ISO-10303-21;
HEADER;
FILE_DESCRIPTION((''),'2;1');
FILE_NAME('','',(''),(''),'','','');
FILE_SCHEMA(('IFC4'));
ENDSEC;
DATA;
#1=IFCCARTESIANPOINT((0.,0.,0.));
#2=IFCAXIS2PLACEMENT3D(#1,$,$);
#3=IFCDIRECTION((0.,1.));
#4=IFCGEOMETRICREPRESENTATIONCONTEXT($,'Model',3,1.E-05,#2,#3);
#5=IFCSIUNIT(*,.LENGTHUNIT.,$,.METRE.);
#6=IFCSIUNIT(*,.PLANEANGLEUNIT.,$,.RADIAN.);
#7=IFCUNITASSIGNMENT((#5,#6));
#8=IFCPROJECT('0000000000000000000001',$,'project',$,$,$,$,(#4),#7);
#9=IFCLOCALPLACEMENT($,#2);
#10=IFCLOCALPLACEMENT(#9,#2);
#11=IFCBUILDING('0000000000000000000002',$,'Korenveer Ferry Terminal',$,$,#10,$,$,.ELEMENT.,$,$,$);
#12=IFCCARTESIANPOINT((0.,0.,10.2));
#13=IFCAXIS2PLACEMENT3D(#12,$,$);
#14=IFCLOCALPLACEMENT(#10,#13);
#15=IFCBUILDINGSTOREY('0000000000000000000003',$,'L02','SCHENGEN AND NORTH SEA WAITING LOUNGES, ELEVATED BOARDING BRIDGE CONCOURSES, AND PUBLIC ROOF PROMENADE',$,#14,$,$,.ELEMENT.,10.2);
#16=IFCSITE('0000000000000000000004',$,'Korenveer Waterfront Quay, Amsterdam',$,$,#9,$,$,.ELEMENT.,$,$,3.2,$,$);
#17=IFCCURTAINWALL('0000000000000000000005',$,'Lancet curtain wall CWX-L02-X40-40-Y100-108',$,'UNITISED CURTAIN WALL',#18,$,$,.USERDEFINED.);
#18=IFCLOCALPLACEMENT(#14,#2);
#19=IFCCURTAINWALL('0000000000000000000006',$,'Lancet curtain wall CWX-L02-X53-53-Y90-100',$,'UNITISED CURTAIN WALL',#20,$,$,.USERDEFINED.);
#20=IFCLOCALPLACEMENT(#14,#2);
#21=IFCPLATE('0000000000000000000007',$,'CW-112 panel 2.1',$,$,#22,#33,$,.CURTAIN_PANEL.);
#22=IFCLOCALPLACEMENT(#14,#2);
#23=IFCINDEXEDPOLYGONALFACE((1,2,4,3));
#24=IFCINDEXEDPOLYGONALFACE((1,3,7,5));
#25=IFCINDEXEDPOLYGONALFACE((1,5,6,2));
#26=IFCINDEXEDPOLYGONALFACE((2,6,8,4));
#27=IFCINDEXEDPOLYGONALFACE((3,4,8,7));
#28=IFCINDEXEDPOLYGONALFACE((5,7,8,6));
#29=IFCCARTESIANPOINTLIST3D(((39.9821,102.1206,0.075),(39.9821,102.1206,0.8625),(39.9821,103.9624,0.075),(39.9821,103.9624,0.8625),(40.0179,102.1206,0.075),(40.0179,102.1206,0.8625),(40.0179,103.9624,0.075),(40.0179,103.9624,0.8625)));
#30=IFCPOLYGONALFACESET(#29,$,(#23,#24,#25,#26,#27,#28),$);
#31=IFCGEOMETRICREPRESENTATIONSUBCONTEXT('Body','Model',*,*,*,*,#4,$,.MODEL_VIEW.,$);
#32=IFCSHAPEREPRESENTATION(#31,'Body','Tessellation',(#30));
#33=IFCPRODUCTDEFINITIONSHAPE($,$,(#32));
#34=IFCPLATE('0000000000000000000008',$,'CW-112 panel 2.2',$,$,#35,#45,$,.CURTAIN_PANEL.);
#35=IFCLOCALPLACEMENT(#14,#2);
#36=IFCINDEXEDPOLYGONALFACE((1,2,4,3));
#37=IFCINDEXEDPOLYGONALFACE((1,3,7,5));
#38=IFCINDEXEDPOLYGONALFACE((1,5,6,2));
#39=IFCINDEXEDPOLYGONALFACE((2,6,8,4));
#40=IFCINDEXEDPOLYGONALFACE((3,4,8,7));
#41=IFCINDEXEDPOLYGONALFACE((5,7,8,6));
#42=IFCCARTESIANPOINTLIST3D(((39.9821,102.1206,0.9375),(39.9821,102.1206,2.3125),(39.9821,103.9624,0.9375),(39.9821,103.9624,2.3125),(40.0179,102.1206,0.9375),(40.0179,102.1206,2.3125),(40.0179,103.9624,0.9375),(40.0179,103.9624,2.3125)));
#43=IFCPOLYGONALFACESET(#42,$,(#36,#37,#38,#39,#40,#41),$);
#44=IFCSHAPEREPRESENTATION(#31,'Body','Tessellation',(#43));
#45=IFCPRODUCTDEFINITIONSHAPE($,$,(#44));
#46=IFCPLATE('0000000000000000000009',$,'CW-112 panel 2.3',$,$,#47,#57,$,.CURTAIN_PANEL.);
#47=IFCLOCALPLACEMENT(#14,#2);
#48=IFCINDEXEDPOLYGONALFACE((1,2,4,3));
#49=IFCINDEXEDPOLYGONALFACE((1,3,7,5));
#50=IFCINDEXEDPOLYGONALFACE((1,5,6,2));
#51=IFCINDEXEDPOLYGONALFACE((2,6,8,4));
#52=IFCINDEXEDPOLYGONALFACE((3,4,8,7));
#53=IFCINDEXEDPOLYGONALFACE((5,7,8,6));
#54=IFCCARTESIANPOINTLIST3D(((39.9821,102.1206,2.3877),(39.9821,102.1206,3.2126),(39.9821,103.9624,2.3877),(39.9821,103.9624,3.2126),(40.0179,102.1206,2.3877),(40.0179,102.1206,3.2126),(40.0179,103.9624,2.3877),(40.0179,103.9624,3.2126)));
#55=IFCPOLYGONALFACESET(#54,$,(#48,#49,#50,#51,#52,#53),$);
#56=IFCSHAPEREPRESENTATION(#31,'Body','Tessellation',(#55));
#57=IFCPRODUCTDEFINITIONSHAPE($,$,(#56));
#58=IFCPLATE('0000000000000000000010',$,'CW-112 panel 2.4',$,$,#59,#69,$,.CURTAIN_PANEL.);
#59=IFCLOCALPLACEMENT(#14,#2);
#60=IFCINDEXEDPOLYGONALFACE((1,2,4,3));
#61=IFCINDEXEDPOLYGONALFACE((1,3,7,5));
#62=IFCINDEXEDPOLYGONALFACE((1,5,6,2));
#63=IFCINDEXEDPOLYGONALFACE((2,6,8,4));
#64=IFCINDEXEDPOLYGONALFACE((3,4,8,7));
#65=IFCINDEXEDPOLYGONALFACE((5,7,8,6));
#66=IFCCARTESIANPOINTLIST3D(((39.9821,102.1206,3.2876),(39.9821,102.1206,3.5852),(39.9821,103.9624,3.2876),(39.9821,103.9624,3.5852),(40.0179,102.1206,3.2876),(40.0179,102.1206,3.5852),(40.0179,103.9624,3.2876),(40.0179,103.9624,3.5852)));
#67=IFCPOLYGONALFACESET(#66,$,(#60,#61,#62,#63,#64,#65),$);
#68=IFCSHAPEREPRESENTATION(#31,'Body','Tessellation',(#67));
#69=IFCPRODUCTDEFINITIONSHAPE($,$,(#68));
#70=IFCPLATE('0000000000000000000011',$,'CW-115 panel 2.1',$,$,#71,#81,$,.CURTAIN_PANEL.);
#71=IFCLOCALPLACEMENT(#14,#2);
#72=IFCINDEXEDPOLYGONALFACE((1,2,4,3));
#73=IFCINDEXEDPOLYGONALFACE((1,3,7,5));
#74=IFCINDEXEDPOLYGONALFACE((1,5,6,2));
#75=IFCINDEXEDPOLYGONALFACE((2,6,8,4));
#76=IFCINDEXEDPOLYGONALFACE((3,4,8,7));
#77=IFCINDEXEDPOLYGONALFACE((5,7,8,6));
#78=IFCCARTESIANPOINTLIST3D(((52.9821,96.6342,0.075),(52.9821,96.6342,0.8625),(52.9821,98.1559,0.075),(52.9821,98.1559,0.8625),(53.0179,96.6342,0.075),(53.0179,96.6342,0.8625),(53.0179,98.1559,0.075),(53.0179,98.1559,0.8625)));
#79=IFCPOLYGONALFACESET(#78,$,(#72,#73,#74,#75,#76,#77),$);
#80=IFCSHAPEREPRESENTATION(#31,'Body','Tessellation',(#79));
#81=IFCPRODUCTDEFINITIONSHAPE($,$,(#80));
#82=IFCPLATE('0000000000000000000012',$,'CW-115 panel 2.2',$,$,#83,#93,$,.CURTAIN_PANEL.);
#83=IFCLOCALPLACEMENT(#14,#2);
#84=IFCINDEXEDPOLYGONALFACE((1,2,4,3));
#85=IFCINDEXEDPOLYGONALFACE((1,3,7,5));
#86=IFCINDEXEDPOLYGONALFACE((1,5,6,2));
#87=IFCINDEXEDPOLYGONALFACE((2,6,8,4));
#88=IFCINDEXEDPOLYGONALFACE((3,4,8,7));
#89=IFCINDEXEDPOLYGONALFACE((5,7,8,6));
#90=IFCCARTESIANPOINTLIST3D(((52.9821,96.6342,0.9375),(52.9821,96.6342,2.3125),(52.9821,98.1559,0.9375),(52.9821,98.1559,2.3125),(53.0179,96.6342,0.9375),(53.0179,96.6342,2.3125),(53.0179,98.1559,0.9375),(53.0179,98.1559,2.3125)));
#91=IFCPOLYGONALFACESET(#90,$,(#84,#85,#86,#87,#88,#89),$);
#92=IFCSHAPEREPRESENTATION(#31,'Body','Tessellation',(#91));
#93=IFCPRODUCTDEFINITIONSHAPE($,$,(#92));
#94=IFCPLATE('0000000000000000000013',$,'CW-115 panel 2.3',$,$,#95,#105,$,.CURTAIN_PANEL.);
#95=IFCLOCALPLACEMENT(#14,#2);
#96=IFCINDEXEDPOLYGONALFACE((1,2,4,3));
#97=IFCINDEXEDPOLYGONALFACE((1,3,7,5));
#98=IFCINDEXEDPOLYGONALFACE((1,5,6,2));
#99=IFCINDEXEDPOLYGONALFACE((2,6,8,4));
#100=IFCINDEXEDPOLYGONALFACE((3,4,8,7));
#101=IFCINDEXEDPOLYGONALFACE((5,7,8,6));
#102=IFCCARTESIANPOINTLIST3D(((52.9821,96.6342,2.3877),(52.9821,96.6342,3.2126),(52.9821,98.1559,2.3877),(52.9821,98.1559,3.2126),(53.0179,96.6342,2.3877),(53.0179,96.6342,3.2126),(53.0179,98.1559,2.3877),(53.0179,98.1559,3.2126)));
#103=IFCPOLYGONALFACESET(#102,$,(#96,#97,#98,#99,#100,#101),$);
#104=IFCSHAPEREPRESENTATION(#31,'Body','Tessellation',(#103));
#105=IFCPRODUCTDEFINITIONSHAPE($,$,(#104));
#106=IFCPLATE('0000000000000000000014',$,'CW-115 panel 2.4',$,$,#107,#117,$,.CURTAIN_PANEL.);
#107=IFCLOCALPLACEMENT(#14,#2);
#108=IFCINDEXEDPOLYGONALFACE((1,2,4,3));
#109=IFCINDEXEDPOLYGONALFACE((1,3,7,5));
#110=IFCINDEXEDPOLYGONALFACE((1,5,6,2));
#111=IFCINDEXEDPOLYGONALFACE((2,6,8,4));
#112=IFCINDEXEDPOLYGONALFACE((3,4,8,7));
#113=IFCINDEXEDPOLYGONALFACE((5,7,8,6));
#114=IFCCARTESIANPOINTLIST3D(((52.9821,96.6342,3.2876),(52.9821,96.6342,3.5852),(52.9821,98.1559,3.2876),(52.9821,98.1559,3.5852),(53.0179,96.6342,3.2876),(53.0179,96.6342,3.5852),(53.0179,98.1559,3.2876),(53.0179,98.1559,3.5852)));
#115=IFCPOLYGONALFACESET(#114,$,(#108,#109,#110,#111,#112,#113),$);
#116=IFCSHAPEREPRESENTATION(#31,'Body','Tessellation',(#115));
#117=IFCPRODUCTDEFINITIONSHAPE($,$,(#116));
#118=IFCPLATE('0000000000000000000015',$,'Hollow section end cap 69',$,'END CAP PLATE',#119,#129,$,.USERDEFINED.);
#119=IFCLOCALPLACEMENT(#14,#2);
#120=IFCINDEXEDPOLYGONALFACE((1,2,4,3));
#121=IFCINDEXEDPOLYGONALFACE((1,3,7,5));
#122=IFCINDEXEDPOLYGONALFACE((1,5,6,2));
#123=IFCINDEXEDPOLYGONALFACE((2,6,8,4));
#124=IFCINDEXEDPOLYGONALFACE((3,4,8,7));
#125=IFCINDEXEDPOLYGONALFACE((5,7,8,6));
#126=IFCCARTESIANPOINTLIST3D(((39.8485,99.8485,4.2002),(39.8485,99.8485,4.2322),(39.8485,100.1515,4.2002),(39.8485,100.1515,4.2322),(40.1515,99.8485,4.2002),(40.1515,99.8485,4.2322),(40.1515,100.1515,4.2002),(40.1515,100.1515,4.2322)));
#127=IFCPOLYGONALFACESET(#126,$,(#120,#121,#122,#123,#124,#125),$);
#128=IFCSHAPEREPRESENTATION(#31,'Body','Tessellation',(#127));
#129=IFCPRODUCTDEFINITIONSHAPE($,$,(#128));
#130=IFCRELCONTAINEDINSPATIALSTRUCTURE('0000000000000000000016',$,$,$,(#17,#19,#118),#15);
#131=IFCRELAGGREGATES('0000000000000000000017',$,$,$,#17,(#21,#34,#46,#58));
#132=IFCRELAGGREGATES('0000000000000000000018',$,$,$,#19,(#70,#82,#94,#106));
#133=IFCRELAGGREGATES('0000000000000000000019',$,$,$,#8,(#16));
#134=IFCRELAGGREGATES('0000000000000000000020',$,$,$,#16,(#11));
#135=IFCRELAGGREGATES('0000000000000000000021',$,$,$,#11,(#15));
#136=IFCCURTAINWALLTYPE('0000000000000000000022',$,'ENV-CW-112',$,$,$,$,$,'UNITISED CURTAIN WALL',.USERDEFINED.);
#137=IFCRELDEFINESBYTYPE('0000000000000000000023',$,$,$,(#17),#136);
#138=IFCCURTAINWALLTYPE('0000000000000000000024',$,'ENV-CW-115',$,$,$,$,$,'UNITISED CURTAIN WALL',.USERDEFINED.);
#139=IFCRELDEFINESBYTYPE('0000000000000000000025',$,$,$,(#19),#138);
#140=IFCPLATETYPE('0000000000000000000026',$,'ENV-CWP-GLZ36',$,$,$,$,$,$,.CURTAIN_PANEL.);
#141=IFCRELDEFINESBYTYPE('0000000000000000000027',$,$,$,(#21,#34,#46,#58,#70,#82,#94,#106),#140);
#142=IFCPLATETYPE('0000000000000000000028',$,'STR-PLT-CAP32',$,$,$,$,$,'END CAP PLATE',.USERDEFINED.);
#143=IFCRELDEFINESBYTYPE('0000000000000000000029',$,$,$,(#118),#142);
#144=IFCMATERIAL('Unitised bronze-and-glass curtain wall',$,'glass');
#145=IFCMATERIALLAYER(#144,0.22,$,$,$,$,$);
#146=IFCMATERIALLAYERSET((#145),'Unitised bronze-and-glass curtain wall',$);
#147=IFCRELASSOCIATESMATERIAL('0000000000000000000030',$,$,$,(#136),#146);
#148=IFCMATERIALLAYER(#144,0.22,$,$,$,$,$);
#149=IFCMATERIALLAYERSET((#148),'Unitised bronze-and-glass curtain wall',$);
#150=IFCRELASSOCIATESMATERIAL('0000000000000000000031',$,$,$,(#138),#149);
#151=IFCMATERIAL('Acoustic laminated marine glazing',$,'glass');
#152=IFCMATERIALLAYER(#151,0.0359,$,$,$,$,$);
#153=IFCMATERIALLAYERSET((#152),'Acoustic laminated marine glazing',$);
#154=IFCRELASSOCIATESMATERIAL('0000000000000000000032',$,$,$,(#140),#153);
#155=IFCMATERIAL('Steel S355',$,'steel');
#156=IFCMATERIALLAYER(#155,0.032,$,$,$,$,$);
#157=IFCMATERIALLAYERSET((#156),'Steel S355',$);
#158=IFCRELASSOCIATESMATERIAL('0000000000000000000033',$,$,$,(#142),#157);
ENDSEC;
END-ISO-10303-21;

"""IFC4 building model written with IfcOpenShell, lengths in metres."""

from ifc_helpers import new_model, si_unit, direction, frame, origin, origin_2d, place, context, subcontext, project, spatial, rectangle, extrude, material, layer, layer_set, type_object, element, aggregate, save


model = new_model("IFC4")

# Units and contexts
model_context = context("Model", 3, precision=1e-05, world=origin(), true_north=direction((0.0, 1.0)))
body_context = subcontext(model_context, "Body", "Model", "MODEL_VIEW")
ifc_project = project(units=[si_unit("LENGTHUNIT", "METRE"), si_unit("PLANEANGLEUNIT", "RADIAN")], contexts=[model_context])

# Site, building, storey
site_placement = place(None, origin())
site = spatial("IfcSite", under=ifc_project, at=site_placement, Name="Korenveer Waterfront Quay, Amsterdam", CompositionType="ELEMENT", RefElevation=3.2)
building_placement = place(site_placement, origin())
building = spatial("IfcBuilding", under=site, at=building_placement, Name="Korenveer Ferry Terminal", CompositionType="ELEMENT")
storey_placement = place(building_placement, frame((0.0, 0.0, 10.2)))
storey = spatial("IfcBuildingStorey", under=building, at=storey_placement, Name="L02", Description="SCHENGEN AND NORTH SEA WAITING LOUNGES, ELEVATED BOARDING BRIDGE CONCOURSES, AND PUBLIC ROOF PROMENADE", CompositionType="ELEMENT", Elevation=10.2)

# Shared definitions
ifc_material_1 = material(Name="Steel S355", Category="steel")

# Shared definitions
ifc_material_2 = material(Name="Unitised bronze-and-glass curtain wall", Category="glass")

# Curtain wall
ifc_layer_1 = layer(ifc_material_2, 0.22)
ifc_layer_set_1 = layer_set([ifc_layer_1], Name="Unitised bronze-and-glass curtain wall")
curtain_wall_type_1 = type_object("IfcCurtainWallType", Name="ENV-CW-112", ElementType="UNITISED CURTAIN WALL", PredefinedType="USERDEFINED", material=ifc_layer_set_1)
curtain_wall_1_placement = place(storey_placement, frame((40.0, 100.1665, 0.0)))
curtain_wall_1 = element("IfcCurtainWall", 1, at=curtain_wall_1_placement, inside=storey, type_object=curtain_wall_type_1, Name="Lancet curtain wall CWX-L02-X40-40-Y100-108", ObjectType="UNITISED CURTAIN WALL", PredefinedType="USERDEFINED")

# Curtain wall
ifc_layer_2 = layer(ifc_material_2, 0.22)
ifc_layer_set_2 = layer_set([ifc_layer_2], Name="Unitised bronze-and-glass curtain wall")
curtain_wall_type_2 = type_object("IfcCurtainWallType", Name="ENV-CW-115", ElementType="UNITISED CURTAIN WALL", PredefinedType="USERDEFINED", material=ifc_layer_set_2)
curtain_wall_2_placement = place(storey_placement, frame((53.0, 99.79, 0.0)))
curtain_wall_2 = element("IfcCurtainWall", 2, at=curtain_wall_2_placement, inside=storey, type_object=curtain_wall_type_2, Name="Lancet curtain wall CWX-L02-X53-53-Y90-100", ObjectType="UNITISED CURTAIN WALL", PredefinedType="USERDEFINED")

# Plates
ifc_material_3 = material(Name="Acoustic laminated marine glazing", Category="glass")
ifc_layer_3 = layer(ifc_material_3, 0.0359)
ifc_layer_set_3 = layer_set([ifc_layer_3], Name="Acoustic laminated marine glazing")
plate_type_1 = type_object("IfcPlateType", Name="ENV-CWP-GLZ36", PredefinedType="CURTAIN_PANEL", material=ifc_layer_set_3)
plate_1_placement = place(storey_placement, frame((40.0, 103.0415, 0.075), z_axis=(0.0, 0.0, 1.0), x_axis=(0.0, 1.0, 0.0)))
plate_1 = element("IfcPlate", 3, at=plate_1_placement, type_object=plate_type_1, Name="CW-112 panel 2.1", PredefinedType="CURTAIN_PANEL", context=body_context, shape_type="SweptSolid", body=[
    extrude(rectangle(XDim=1.8418, YDim=0.0359, at=origin_2d()), origin(), (0.0, 0.0, 1.0), 0.7876),
])
plate_2_placement = place(storey_placement, frame((40.0, 103.0415, 0.9375), z_axis=(0.0, 0.0, 1.0), x_axis=(0.0, 1.0, 0.0)))
plate_2 = element("IfcPlate", 4, at=plate_2_placement, type_object=plate_type_1, Name="CW-112 panel 2.2", PredefinedType="CURTAIN_PANEL", context=body_context, shape_type="SweptSolid", body=[
    extrude(rectangle(XDim=1.8418, YDim=0.0359, at=origin_2d()), origin(), (0.0, 0.0, 1.0), 1.375),
])
plate_3_placement = place(storey_placement, frame((40.0, 103.0415, 2.3877), z_axis=(0.0, 0.0, 1.0), x_axis=(0.0, 1.0, 0.0)))
plate_3 = element("IfcPlate", 5, at=plate_3_placement, type_object=plate_type_1, Name="CW-112 panel 2.3", PredefinedType="CURTAIN_PANEL", context=body_context, shape_type="SweptSolid", body=[
    extrude(rectangle(XDim=1.8418, YDim=0.0359, at=origin_2d()), origin(), (0.0, 0.0, 1.0), 0.825),
])
plate_4_placement = place(storey_placement, frame((40.0, 103.0415, 3.2876), z_axis=(0.0, 0.0, 1.0), x_axis=(0.0, 1.0, 0.0)))
plate_4 = element("IfcPlate", 6, at=plate_4_placement, type_object=plate_type_1, Name="CW-112 panel 2.4", PredefinedType="CURTAIN_PANEL", context=body_context, shape_type="SweptSolid", body=[
    extrude(rectangle(XDim=1.8418, YDim=0.0359, at=origin_2d()), origin(), (0.0, 0.0, 1.0), 0.2976),
])
aggregate(curtain_wall_1, [plate_1, plate_2, plate_3, plate_4])
plate_5_placement = place(storey_placement, frame((53.0, 97.395, 0.075), z_axis=(0.0, 0.0, 1.0), x_axis=(0.0, -1.0, 0.0)))
plate_5 = element("IfcPlate", 7, at=plate_5_placement, type_object=plate_type_1, Name="CW-115 panel 2.1", PredefinedType="CURTAIN_PANEL", context=body_context, shape_type="SweptSolid", body=[
    extrude(rectangle(XDim=1.5217, YDim=0.0359, at=origin_2d()), origin(), (0.0, 0.0, 1.0), 0.7876),
])
plate_6_placement = place(storey_placement, frame((53.0, 97.395, 0.9375), z_axis=(0.0, 0.0, 1.0), x_axis=(0.0, -1.0, 0.0)))
plate_6 = element("IfcPlate", 8, at=plate_6_placement, type_object=plate_type_1, Name="CW-115 panel 2.2", PredefinedType="CURTAIN_PANEL", context=body_context, shape_type="SweptSolid", body=[
    extrude(rectangle(XDim=1.5217, YDim=0.0359, at=origin_2d()), origin(), (0.0, 0.0, 1.0), 1.375),
])
plate_7_placement = place(storey_placement, frame((53.0, 97.395, 2.3877), z_axis=(0.0, 0.0, 1.0), x_axis=(0.0, -1.0, 0.0)))
plate_7 = element("IfcPlate", 9, at=plate_7_placement, type_object=plate_type_1, Name="CW-115 panel 2.3", PredefinedType="CURTAIN_PANEL", context=body_context, shape_type="SweptSolid", body=[
    extrude(rectangle(XDim=1.5217, YDim=0.0359, at=origin_2d()), origin(), (0.0, 0.0, 1.0), 0.825),
])
plate_8_placement = place(storey_placement, frame((53.0, 97.395, 3.2876), z_axis=(0.0, 0.0, 1.0), x_axis=(0.0, -1.0, 0.0)))
plate_8 = element("IfcPlate", 10, at=plate_8_placement, type_object=plate_type_1, Name="CW-115 panel 2.4", PredefinedType="CURTAIN_PANEL", context=body_context, shape_type="SweptSolid", body=[
    extrude(rectangle(XDim=1.5217, YDim=0.0359, at=origin_2d()), origin(), (0.0, 0.0, 1.0), 0.2976),
])
aggregate(curtain_wall_2, [plate_5, plate_6, plate_7, plate_8])
ifc_layer_4 = layer(ifc_material_1, 0.032)
ifc_layer_set_4 = layer_set([ifc_layer_4], Name="Steel S355")
plate_type_2 = type_object("IfcPlateType", Name="STR-PLT-CAP32", ElementType="END CAP PLATE", PredefinedType="USERDEFINED", material=ifc_layer_set_4)
plate_9_placement = place(storey_placement, frame((40.0, 100.0, 4.2002), z_axis=(0.0, 0.0, 1.0), x_axis=(1.0, 0.0, 0.0)))
element("IfcPlate", 11, at=plate_9_placement, inside=storey, type_object=plate_type_2, Name="Hollow section end cap 69", ObjectType="END CAP PLATE", PredefinedType="USERDEFINED", context=body_context, shape_type="SweptSolid", body=[
    extrude(rectangle(XDim=0.303, YDim=0.303, at=origin_2d()), origin(), (0.0, 0.0, 1.0), 0.032),
])

save(model, "model.ifc")
